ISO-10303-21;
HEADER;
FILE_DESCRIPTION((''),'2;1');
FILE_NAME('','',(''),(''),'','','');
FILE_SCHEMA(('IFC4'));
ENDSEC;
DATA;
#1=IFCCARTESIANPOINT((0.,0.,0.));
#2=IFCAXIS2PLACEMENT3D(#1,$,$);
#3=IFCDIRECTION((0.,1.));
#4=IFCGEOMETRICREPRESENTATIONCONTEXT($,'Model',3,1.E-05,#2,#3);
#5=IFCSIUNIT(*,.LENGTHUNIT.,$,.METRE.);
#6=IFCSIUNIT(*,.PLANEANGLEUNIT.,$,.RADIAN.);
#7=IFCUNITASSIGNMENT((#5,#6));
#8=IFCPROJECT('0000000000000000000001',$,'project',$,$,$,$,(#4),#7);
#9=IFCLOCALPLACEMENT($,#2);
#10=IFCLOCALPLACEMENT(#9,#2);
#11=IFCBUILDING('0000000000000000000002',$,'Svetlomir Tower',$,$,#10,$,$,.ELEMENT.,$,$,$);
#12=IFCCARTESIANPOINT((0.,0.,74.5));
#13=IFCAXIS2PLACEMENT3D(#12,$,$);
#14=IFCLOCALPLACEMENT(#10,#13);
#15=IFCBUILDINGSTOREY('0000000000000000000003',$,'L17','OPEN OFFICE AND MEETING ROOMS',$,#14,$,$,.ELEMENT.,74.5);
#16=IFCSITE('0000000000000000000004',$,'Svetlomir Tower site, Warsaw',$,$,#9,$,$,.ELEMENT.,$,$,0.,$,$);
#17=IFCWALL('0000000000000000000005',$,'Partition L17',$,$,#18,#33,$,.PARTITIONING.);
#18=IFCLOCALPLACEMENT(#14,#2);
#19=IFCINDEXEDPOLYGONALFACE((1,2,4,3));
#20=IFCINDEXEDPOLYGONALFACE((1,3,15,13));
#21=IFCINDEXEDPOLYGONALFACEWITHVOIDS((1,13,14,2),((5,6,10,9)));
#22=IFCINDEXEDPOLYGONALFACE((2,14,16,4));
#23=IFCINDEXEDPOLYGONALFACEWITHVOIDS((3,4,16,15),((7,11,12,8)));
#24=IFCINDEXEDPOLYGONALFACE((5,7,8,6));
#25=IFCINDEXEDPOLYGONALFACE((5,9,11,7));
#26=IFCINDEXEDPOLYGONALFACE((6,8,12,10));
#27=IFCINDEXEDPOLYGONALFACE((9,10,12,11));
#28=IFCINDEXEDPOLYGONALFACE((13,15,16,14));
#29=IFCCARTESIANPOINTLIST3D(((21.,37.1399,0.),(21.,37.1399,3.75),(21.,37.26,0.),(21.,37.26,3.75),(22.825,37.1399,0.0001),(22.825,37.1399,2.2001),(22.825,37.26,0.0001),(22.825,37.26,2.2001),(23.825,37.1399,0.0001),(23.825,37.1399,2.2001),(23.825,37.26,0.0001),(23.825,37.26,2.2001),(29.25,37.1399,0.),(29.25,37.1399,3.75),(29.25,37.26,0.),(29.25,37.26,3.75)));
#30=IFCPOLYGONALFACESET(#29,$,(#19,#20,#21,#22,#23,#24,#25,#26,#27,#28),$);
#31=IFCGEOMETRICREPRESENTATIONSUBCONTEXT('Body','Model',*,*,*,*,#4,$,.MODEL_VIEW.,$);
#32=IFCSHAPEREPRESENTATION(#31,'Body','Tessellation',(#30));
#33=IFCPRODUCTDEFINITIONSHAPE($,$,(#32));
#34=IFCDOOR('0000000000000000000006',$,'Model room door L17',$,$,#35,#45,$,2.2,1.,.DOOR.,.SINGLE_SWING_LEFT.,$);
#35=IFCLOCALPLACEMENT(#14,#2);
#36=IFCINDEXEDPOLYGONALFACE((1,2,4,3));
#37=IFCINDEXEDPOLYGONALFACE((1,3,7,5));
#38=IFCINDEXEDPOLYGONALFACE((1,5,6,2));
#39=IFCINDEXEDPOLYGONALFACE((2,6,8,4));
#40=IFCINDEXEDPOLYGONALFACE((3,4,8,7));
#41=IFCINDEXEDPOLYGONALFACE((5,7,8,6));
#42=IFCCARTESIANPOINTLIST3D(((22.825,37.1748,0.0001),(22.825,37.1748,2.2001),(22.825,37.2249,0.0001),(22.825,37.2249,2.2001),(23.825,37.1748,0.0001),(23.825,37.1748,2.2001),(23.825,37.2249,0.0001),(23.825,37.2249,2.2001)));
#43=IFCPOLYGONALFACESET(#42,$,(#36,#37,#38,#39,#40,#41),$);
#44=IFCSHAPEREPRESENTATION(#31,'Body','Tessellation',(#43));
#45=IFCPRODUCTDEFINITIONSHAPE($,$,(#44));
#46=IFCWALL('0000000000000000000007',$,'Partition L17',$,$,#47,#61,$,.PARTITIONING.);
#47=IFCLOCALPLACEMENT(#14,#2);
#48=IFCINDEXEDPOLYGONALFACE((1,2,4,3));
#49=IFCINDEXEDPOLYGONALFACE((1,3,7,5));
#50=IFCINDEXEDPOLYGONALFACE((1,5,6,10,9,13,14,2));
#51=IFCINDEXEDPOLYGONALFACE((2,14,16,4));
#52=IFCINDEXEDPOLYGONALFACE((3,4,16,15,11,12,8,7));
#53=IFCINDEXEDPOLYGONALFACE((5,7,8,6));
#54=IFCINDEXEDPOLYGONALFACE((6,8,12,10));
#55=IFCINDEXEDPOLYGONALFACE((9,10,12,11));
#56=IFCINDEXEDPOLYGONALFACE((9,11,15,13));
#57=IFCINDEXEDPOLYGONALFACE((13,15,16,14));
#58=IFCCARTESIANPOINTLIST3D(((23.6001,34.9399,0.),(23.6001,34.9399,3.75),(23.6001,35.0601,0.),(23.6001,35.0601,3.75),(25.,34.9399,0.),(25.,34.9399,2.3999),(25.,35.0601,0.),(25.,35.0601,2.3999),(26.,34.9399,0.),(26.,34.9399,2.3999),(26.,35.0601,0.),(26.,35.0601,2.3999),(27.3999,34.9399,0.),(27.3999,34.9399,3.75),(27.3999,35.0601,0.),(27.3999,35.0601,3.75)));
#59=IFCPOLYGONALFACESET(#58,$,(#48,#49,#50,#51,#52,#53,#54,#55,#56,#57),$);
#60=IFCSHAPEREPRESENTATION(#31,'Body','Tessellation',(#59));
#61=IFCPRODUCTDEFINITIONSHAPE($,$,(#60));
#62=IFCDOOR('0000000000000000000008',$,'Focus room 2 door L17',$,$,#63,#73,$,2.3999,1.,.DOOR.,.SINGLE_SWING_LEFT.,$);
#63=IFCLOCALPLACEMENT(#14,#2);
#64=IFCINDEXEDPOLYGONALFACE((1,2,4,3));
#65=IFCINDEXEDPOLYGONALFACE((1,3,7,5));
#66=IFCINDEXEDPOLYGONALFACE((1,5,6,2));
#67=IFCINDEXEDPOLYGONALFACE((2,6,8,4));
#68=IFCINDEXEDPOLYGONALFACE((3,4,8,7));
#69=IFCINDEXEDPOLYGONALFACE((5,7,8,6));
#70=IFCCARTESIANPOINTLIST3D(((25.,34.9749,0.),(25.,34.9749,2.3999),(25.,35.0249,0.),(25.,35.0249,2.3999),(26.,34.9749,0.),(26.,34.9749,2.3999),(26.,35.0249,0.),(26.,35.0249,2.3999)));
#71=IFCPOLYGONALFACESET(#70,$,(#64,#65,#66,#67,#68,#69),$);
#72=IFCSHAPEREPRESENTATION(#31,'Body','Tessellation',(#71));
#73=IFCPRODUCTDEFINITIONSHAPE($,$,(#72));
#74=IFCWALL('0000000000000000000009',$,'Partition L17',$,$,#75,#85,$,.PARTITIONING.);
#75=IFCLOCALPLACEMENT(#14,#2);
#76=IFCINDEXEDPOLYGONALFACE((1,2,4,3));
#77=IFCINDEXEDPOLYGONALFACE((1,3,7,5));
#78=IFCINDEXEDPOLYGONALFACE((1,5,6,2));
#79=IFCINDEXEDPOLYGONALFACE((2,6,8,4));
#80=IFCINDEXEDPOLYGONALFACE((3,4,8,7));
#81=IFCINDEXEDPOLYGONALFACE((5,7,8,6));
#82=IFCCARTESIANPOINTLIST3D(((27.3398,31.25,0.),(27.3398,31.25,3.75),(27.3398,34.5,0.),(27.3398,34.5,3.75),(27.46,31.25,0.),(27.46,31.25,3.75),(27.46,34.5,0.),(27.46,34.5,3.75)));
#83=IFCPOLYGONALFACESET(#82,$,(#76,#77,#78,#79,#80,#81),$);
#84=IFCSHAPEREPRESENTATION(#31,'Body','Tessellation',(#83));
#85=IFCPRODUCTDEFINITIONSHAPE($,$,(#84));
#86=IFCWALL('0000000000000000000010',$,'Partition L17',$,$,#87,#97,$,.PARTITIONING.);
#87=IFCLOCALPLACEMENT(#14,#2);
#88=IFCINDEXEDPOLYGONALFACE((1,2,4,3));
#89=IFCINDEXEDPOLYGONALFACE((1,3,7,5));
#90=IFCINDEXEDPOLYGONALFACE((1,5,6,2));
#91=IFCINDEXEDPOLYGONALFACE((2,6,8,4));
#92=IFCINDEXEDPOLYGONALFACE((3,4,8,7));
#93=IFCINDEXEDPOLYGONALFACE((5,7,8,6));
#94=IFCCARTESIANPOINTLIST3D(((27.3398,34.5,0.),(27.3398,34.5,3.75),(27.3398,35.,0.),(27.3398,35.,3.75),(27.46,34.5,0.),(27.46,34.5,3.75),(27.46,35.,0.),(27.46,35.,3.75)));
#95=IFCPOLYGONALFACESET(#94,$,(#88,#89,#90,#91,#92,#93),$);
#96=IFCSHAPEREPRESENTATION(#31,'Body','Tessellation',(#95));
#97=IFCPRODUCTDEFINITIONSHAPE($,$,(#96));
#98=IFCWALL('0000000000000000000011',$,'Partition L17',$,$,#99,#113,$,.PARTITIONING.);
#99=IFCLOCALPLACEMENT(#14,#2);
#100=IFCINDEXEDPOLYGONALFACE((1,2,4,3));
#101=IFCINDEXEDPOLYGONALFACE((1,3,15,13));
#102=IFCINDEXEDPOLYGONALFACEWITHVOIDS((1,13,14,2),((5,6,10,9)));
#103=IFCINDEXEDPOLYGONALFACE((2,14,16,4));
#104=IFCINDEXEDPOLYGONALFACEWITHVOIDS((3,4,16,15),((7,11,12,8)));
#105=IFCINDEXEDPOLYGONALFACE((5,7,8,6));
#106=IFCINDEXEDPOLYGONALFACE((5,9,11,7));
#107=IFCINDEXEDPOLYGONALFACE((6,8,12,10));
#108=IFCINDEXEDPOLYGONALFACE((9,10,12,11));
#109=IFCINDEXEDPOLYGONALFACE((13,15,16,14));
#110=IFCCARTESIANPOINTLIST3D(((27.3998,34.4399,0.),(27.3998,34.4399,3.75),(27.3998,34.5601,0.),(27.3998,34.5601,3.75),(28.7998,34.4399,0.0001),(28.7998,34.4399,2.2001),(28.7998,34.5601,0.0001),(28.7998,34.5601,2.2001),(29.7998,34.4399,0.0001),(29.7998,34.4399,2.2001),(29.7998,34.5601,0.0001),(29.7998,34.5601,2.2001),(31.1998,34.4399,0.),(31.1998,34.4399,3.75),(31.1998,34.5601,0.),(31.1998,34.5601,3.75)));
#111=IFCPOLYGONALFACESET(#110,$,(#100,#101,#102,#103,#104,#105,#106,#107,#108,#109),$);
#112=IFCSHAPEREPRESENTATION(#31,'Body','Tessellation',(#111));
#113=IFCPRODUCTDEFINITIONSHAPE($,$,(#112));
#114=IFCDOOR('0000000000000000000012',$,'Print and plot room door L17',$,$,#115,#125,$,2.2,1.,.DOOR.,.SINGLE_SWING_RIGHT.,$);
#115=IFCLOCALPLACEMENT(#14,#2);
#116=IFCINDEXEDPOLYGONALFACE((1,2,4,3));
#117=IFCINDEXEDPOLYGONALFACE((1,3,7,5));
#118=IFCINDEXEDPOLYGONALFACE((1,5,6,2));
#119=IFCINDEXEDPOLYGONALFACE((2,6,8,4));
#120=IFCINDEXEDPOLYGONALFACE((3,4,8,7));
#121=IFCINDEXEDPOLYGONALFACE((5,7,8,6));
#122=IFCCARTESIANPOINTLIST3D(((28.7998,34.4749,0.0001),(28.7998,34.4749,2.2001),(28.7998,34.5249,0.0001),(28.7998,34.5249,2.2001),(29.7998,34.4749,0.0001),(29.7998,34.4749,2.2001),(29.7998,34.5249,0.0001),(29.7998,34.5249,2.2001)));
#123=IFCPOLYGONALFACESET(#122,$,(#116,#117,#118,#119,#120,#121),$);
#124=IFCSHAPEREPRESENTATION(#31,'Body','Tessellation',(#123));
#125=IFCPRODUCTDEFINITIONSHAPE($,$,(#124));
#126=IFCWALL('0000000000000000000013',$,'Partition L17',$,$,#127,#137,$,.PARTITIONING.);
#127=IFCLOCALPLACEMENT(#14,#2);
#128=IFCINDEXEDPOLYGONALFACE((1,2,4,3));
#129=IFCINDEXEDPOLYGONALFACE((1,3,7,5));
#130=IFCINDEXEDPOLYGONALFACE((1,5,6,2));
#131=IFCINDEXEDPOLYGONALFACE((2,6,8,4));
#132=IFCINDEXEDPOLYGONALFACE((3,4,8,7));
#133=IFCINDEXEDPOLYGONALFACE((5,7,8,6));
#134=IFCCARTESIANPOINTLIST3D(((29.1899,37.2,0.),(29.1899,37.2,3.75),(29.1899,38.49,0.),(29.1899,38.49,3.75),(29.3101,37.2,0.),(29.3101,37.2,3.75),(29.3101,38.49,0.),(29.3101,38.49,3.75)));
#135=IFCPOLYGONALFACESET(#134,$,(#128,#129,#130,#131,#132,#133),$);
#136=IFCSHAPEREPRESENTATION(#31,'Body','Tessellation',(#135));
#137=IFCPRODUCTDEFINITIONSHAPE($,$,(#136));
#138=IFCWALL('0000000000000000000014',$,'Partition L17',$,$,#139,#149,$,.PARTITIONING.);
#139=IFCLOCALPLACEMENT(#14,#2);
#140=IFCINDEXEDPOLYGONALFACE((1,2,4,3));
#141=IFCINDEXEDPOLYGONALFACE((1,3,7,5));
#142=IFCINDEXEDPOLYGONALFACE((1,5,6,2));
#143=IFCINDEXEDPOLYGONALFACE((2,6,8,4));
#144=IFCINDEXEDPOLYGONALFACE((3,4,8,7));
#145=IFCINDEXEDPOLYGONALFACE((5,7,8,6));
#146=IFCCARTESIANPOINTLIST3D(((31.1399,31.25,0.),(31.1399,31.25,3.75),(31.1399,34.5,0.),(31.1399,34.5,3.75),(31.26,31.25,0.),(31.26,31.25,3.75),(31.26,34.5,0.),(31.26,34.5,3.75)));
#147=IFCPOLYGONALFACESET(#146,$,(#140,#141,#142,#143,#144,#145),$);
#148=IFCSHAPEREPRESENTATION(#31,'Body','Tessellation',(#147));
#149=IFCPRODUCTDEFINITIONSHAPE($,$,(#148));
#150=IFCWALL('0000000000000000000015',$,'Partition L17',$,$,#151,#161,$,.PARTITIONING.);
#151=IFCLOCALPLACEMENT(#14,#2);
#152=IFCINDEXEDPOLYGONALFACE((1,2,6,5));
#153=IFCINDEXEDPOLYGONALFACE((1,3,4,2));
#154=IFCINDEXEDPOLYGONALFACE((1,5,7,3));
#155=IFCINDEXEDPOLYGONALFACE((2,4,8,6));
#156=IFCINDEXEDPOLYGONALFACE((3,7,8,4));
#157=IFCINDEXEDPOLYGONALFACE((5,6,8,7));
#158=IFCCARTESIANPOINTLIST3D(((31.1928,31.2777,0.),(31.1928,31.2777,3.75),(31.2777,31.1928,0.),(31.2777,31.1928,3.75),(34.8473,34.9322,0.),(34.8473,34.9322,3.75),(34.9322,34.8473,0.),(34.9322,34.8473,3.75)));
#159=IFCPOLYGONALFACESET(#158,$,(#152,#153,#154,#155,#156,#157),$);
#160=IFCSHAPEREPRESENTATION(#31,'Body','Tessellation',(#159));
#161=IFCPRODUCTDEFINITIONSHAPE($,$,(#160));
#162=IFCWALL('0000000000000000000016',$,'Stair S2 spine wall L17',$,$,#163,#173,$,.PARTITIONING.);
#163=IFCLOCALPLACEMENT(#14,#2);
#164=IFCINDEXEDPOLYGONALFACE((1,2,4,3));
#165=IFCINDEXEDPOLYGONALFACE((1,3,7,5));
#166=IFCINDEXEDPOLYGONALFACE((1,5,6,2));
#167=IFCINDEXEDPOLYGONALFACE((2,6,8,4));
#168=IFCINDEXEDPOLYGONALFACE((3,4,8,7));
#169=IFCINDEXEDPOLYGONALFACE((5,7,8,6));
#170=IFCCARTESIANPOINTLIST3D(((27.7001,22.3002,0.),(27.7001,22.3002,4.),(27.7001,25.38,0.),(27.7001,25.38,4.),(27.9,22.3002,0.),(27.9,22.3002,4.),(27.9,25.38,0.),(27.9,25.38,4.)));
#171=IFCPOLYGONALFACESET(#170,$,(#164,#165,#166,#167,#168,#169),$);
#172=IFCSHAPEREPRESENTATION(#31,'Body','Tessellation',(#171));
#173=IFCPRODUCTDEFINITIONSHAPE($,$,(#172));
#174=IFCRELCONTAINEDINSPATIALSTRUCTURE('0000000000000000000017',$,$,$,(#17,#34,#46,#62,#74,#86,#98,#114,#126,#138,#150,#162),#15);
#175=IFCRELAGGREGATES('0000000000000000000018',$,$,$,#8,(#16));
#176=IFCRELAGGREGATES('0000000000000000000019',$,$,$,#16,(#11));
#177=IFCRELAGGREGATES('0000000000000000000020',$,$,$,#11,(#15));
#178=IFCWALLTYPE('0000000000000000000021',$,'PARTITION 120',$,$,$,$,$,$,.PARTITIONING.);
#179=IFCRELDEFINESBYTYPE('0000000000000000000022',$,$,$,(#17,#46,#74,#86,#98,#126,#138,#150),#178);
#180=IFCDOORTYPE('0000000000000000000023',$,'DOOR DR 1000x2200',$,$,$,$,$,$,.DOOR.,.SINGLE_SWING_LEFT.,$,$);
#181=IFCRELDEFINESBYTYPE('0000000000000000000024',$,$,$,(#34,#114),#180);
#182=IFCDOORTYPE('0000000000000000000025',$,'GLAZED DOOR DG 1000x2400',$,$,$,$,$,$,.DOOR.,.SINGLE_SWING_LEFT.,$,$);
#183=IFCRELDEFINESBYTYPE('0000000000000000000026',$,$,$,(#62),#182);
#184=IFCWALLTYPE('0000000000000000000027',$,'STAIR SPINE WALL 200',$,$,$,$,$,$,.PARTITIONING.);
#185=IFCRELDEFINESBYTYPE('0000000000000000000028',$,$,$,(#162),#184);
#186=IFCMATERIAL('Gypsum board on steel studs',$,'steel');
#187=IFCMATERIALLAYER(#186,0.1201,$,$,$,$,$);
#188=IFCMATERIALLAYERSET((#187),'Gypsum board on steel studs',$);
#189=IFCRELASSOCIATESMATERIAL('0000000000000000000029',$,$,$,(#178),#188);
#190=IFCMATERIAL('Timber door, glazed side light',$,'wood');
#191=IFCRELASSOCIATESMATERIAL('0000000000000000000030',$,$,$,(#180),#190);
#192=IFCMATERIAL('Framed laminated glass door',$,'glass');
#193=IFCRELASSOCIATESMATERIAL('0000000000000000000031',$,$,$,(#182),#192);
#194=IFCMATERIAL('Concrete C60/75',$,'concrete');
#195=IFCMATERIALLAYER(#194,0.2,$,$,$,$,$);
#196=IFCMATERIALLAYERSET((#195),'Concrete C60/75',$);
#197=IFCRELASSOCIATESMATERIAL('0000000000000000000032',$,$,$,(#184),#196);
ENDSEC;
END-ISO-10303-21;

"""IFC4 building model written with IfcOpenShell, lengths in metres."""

from ifc_helpers import new_model, si_unit, direction, frame, frame_2d, origin, place, context, subcontext, project, spatial, rectangle, extrude, material, layer, layer_set, type_object, element, fill, save


model = new_model("IFC4")

# Units and contexts
model_context = context("Model", 3, precision=1e-05, world=origin(), true_north=direction((0.0, 1.0)))
body_context = subcontext(model_context, "Body", "Model", "MODEL_VIEW")
ifc_project = project(units=[si_unit("LENGTHUNIT", "METRE"), si_unit("PLANEANGLEUNIT", "RADIAN")], contexts=[model_context])

# Site, building, storey
site_placement = place(None, origin())
site = spatial("IfcSite", under=ifc_project, at=site_placement, Name="Svetlomir Tower site, Warsaw", CompositionType="ELEMENT", RefElevation=0.0)
building_placement = place(site_placement, origin())
building = spatial("IfcBuilding", under=site, at=building_placement, Name="Svetlomir Tower", CompositionType="ELEMENT")
storey_placement = place(building_placement, frame((0.0, 0.0, 74.5)))
storey = spatial("IfcBuildingStorey", under=building, at=storey_placement, Name="L17", Description="OPEN OFFICE AND MEETING ROOMS", CompositionType="ELEMENT", Elevation=74.5)

# Shared definitions
ifc_material_1 = material(Name="Gypsum board on steel studs", Category="steel")
ifc_layer_1 = layer(ifc_material_1, 0.1201)
ifc_layer_set_1 = layer_set([ifc_layer_1], Name="Gypsum board on steel studs")
wall_type_1 = type_object("IfcWallType", Name="PARTITION 120", PredefinedType="PARTITIONING", material=ifc_layer_set_1)

# Walls, openings, doors
wall_1_placement = place(storey_placement, frame((21.0, 37.2, 0.0), z_axis=(0.0, 0.0, 1.0), x_axis=(1.0, 0.0, 0.0)))
wall_1 = element("IfcWall", 1, at=wall_1_placement, inside=storey, type_object=wall_type_1, Name="Partition L17", PredefinedType="PARTITIONING", context=body_context, shape_type="SweptSolid", body=[
    extrude(rectangle(XDim=8.25, YDim=0.1201, at=frame_2d((4.125, 0.0))), origin(), (0.0, 0.0, 1.0), 3.75),
])
opening_1_placement = place(wall_1_placement, frame((1.825, 0.0, 0.0)))
opening_1 = element("IfcOpeningElement", 2, at=opening_1_placement, cuts=wall_1, PredefinedType="OPENING", context=body_context, shape_type="SweptSolid", body=[
    extrude(rectangle(XDim=1.0, YDim=2.2, at=frame_2d((0.5, 1.1001))), frame((0.0, 0.0701, 0.0), z_axis=(0.0, -1.0, 0.0), x_axis=(1.0, 0.0, 0.0)), (0.0, 0.0, 1.0), 0.1401),
])
ifc_material_2 = material(Name="Timber door, glazed side light", Category="wood")
door_type_1 = type_object("IfcDoorType", Name="DOOR DR 1000x2200", OperationType="SINGLE_SWING_LEFT", PredefinedType="DOOR", material=ifc_material_2)
door_1_placement = place(opening_1_placement, origin())
door_1 = element("IfcDoor", 3, at=door_1_placement, inside=storey, type_object=door_type_1, Name="Model room door L17", OperationType="SINGLE_SWING_LEFT", OverallHeight=2.2, OverallWidth=1.0, PredefinedType="DOOR", context=body_context, shape_type="SweptSolid", body=[
    extrude(rectangle(XDim=1.0, YDim=2.2, at=frame_2d((0.5, 1.1001))), frame((0.0, 0.0249, 0.0), z_axis=(0.0, -1.0, 0.0), x_axis=(1.0, 0.0, 0.0)), (0.0, 0.0, 1.0), 0.05),
])
fill(opening_1, door_1)
wall_2_placement = place(storey_placement, frame((23.6001, 35.0, 0.0), z_axis=(0.0, 0.0, 1.0), x_axis=(1.0, 0.0, 0.0)))
wall_2 = element("IfcWall", 4, at=wall_2_placement, inside=storey, type_object=wall_type_1, Name="Partition L17", PredefinedType="PARTITIONING", context=body_context, shape_type="SweptSolid", body=[
    extrude(rectangle(XDim=3.7998, YDim=0.1201, at=frame_2d((1.8999, 0.0))), origin(), (0.0, 0.0, 1.0), 3.75),
])
opening_2_placement = place(wall_2_placement, frame((1.3999, 0.0, 0.0)))
opening_2 = element("IfcOpeningElement", 5, at=opening_2_placement, cuts=wall_2, PredefinedType="OPENING", context=body_context, shape_type="SweptSolid", body=[
    extrude(rectangle(XDim=1.0, YDim=2.3999, at=frame_2d((0.5, 1.2))), frame((0.0, 0.0701, 0.0), z_axis=(0.0, -1.0, 0.0), x_axis=(1.0, 0.0, 0.0)), (0.0, 0.0, 1.0), 0.1401),
])
ifc_material_3 = material(Name="Framed laminated glass door", Category="glass")
door_type_2 = type_object("IfcDoorType", Name="GLAZED DOOR DG 1000x2400", OperationType="SINGLE_SWING_LEFT", PredefinedType="DOOR", material=ifc_material_3)
door_2_placement = place(opening_2_placement, origin())
door_2 = element("IfcDoor", 6, at=door_2_placement, inside=storey, type_object=door_type_2, Name="Focus room 2 door L17", OperationType="SINGLE_SWING_LEFT", OverallHeight=2.3999, OverallWidth=1.0, PredefinedType="DOOR", context=body_context, shape_type="SweptSolid", body=[
    extrude(rectangle(XDim=1.0, YDim=2.3999, at=frame_2d((0.5, 1.2))), frame((0.0, 0.0249, 0.0), z_axis=(0.0, -1.0, 0.0), x_axis=(1.0, 0.0, 0.0)), (0.0, 0.0, 1.0), 0.05),
])
fill(opening_2, door_2)

# Walls
wall_3_placement = place(storey_placement, frame((27.3999, 31.25, 0.0), z_axis=(0.0, 0.0, 1.0), x_axis=(0.0, 1.0, 0.0)))
element("IfcWall", 7, at=wall_3_placement, inside=storey, type_object=wall_type_1, Name="Partition L17", PredefinedType="PARTITIONING", context=body_context, shape_type="SweptSolid", body=[
    extrude(rectangle(XDim=3.25, YDim=0.1201, at=frame_2d((1.625, 0.0))), origin(), (0.0, 0.0, 1.0), 3.75),
])
wall_4_placement = place(storey_placement, frame((27.3999, 34.5, 0.0), z_axis=(0.0, 0.0, 1.0), x_axis=(0.0, 1.0, 0.0)))
element("IfcWall", 8, at=wall_4_placement, inside=storey, type_object=wall_type_1, Name="Partition L17", PredefinedType="PARTITIONING", context=body_context, shape_type="SweptSolid", body=[
    extrude(rectangle(XDim=0.5, YDim=0.1201, at=frame_2d((0.25, 0.0))), origin(), (0.0, 0.0, 1.0), 3.75),
])

# Wall, opening, door
wall_5_placement = place(storey_placement, frame((27.3999, 34.5, 0.0), z_axis=(0.0, 0.0, 1.0), x_axis=(1.0, 0.0, 0.0)))
wall_5 = element("IfcWall", 9, at=wall_5_placement, inside=storey, type_object=wall_type_1, Name="Partition L17", PredefinedType="PARTITIONING", context=body_context, shape_type="SweptSolid", body=[
    extrude(rectangle(XDim=3.8, YDim=0.1201, at=frame_2d((1.8999, 0.0))), origin(), (0.0, 0.0, 1.0), 3.75),
])
opening_3_placement = place(wall_5_placement, frame((1.3999, 0.0, 0.0)))
opening_3 = element("IfcOpeningElement", 10, at=opening_3_placement, cuts=wall_5, PredefinedType="OPENING", context=body_context, shape_type="SweptSolid", body=[
    extrude(rectangle(XDim=1.0, YDim=2.2, at=frame_2d((0.5, 1.1001))), frame((0.0, 0.0701, 0.0), z_axis=(0.0, -1.0, 0.0), x_axis=(1.0, 0.0, 0.0)), (0.0, 0.0, 1.0), 0.1401),
])
door_3_placement = place(opening_3_placement, origin())
door_3 = element("IfcDoor", 11, at=door_3_placement, inside=storey, type_object=door_type_1, Name="Print and plot room door L17", OperationType="SINGLE_SWING_RIGHT", OverallHeight=2.2, OverallWidth=1.0, PredefinedType="DOOR", context=body_context, shape_type="SweptSolid", body=[
    extrude(rectangle(XDim=1.0, YDim=2.2, at=frame_2d((0.5, 1.1001))), frame((0.0, 0.0249, 0.0), z_axis=(0.0, -1.0, 0.0), x_axis=(1.0, 0.0, 0.0)), (0.0, 0.0, 1.0), 0.05),
])
fill(opening_3, door_3)

# Walls
wall_6_placement = place(storey_placement, frame((29.25, 37.2, 0.0), z_axis=(0.0, 0.0, 1.0), x_axis=(0.0, 1.0, 0.0)))
element("IfcWall", 12, at=wall_6_placement, inside=storey, type_object=wall_type_1, Name="Partition L17", PredefinedType="PARTITIONING", context=body_context, shape_type="SweptSolid", body=[
    extrude(rectangle(XDim=1.29, YDim=0.1201, at=frame_2d((0.645, 0.0))), origin(), (0.0, 0.0, 1.0), 3.75),
])
wall_7_placement = place(storey_placement, frame((31.2, 31.25, 0.0), z_axis=(0.0, 0.0, 1.0), x_axis=(0.0, 1.0, 0.0)))
element("IfcWall", 13, at=wall_7_placement, inside=storey, type_object=wall_type_1, Name="Partition L17", PredefinedType="PARTITIONING", context=body_context, shape_type="SweptSolid", body=[
    extrude(rectangle(XDim=3.25, YDim=0.1201, at=frame_2d((1.625, 0.0))), origin(), (0.0, 0.0, 1.0), 3.75),
])
wall_8_placement = place(storey_placement, frame((31.2354, 31.2354, 0.0), z_axis=(0.0, 0.0, 1.0), x_axis=(0.707107, 0.707107, 0.0)))
element("IfcWall", 14, at=wall_8_placement, inside=storey, type_object=wall_type_1, Name="Partition L17", PredefinedType="PARTITIONING", context=body_context, shape_type="SweptSolid", body=[
    extrude(rectangle(XDim=5.1682, YDim=0.1201, at=frame_2d((2.584, 0.0))), origin(), (0.0, 0.0, 1.0), 3.75),
])
ifc_material_4 = material(Name="Concrete C60/75", Category="concrete")
ifc_layer_2 = layer(ifc_material_4, 0.2)
ifc_layer_set_2 = layer_set([ifc_layer_2], Name="Concrete C60/75")
wall_type_2 = type_object("IfcWallType", Name="STAIR SPINE WALL 200", PredefinedType="PARTITIONING", material=ifc_layer_set_2)
wall_9_placement = place(storey_placement, frame((27.8, 22.3, 0.0), z_axis=(0.0, 0.0, 1.0), x_axis=(0.0, 1.0, 0.0)))
element("IfcWall", 15, at=wall_9_placement, inside=storey, type_object=wall_type_2, Name="Stair S2 spine wall L17", PredefinedType="PARTITIONING", context=body_context, shape_type="SweptSolid", body=[
    extrude(rectangle(XDim=3.0798, YDim=0.2, at=frame_2d((1.54, 0.0))), origin(), (0.0, 0.0, 1.0), 4.0),
])

save(model, "model.ifc")
